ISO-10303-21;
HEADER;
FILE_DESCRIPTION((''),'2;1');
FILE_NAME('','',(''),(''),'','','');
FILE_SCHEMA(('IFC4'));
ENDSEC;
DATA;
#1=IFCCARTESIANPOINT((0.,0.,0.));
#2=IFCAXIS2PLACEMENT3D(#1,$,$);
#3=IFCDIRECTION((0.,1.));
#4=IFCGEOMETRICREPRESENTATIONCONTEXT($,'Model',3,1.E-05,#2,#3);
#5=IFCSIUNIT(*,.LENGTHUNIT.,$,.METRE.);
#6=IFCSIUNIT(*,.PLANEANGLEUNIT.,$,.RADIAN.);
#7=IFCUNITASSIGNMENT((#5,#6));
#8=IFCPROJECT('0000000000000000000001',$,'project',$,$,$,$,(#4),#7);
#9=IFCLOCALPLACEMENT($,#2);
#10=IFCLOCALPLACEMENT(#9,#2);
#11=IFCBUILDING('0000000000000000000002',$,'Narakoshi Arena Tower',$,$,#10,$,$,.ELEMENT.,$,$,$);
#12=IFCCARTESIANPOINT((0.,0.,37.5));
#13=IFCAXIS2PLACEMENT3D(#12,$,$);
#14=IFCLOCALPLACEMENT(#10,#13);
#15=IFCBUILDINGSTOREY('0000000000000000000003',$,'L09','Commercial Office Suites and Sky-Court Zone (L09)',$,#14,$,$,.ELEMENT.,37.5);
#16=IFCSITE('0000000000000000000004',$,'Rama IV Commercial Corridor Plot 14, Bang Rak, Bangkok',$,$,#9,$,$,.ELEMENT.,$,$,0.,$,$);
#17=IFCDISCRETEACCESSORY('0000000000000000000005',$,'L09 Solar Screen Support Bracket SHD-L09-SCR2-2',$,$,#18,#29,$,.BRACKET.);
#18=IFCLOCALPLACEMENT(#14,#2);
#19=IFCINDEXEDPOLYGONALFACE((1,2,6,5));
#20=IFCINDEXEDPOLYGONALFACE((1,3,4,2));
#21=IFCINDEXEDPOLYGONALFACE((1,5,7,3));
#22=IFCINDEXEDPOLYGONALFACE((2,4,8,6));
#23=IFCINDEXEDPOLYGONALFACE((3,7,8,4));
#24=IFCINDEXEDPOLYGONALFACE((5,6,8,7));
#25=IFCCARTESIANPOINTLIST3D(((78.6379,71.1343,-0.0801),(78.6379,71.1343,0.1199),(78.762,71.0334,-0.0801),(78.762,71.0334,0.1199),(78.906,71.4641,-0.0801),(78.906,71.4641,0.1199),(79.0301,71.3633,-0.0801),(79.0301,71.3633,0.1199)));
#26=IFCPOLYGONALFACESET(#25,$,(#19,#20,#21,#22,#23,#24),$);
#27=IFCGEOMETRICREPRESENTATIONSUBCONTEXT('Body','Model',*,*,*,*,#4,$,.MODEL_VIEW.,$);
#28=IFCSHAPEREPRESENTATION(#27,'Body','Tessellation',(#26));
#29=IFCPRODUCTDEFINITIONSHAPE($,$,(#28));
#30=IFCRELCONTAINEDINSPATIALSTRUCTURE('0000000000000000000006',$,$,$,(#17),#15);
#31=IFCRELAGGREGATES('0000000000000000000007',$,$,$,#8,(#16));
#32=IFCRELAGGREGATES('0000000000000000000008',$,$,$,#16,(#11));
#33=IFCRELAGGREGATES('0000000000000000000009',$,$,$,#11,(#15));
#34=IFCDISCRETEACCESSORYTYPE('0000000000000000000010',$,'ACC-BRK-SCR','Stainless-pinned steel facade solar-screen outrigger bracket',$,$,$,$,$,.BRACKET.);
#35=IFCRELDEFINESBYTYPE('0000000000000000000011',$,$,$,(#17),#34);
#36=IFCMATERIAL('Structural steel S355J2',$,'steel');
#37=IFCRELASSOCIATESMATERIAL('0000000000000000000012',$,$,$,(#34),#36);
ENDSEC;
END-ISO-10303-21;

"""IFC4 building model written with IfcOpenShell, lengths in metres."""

from ifc_helpers import new_model, si_unit, direction, frame, origin, origin_2d, place, context, subcontext, project, spatial, rectangle, extrude, material, type_object, element, save


model = new_model("IFC4")

# Units and contexts
model_context = context("Model", 3, precision=1e-05, world=origin(), true_north=direction((0.0, 1.0)))
body_context = subcontext(model_context, "Body", "Model", "MODEL_VIEW")
ifc_project = project(units=[si_unit("LENGTHUNIT", "METRE"), si_unit("PLANEANGLEUNIT", "RADIAN")], contexts=[model_context])

# Site, building, storey
site_placement = place(None, origin())
site = spatial("IfcSite", under=ifc_project, at=site_placement, Name="Rama IV Commercial Corridor Plot 14, Bang Rak, Bangkok", CompositionType="ELEMENT", RefElevation=0.0)
building_placement = place(site_placement, origin())
building = spatial("IfcBuilding", under=site, at=building_placement, Name="Narakoshi Arena Tower", CompositionType="ELEMENT")
storey_placement = place(building_placement, frame((0.0, 0.0, 37.5)))
storey = spatial("IfcBuildingStorey", under=building, at=storey_placement, Name="L09", Description="Commercial Office Suites and Sky-Court Zone (L09)", CompositionType="ELEMENT", Elevation=37.5)

# Shared definitions
ifc_material_1 = material(Name="Structural steel S355J2", Category="steel")

# Discrete accessory
discrete_accessory_type = type_object("IfcDiscreteAccessoryType", Name="ACC-BRK-SCR", Description="Stainless-pinned steel facade solar-screen outrigger bracket", PredefinedType="BRACKET", material=ifc_material_1)
discrete_accessory_placement = place(storey_placement, frame((78.834, 71.2488, -0.0801), z_axis=(0.0, 0.0, 1.0), x_axis=(-0.776002, 0.63073, 0.0)))
element("IfcDiscreteAccessory", 1, at=discrete_accessory_placement, inside=storey, type_object=discrete_accessory_type, Name="L09 Solar Screen Support Bracket SHD-L09-SCR2-2", PredefinedType="BRACKET", context=body_context, shape_type="SweptSolid", body=[
    extrude(rectangle(XDim=0.1599, YDim=0.425, at=origin_2d()), origin(), (0.0, 0.0, 1.0), 0.2),
])

save(model, "model.ifc")
